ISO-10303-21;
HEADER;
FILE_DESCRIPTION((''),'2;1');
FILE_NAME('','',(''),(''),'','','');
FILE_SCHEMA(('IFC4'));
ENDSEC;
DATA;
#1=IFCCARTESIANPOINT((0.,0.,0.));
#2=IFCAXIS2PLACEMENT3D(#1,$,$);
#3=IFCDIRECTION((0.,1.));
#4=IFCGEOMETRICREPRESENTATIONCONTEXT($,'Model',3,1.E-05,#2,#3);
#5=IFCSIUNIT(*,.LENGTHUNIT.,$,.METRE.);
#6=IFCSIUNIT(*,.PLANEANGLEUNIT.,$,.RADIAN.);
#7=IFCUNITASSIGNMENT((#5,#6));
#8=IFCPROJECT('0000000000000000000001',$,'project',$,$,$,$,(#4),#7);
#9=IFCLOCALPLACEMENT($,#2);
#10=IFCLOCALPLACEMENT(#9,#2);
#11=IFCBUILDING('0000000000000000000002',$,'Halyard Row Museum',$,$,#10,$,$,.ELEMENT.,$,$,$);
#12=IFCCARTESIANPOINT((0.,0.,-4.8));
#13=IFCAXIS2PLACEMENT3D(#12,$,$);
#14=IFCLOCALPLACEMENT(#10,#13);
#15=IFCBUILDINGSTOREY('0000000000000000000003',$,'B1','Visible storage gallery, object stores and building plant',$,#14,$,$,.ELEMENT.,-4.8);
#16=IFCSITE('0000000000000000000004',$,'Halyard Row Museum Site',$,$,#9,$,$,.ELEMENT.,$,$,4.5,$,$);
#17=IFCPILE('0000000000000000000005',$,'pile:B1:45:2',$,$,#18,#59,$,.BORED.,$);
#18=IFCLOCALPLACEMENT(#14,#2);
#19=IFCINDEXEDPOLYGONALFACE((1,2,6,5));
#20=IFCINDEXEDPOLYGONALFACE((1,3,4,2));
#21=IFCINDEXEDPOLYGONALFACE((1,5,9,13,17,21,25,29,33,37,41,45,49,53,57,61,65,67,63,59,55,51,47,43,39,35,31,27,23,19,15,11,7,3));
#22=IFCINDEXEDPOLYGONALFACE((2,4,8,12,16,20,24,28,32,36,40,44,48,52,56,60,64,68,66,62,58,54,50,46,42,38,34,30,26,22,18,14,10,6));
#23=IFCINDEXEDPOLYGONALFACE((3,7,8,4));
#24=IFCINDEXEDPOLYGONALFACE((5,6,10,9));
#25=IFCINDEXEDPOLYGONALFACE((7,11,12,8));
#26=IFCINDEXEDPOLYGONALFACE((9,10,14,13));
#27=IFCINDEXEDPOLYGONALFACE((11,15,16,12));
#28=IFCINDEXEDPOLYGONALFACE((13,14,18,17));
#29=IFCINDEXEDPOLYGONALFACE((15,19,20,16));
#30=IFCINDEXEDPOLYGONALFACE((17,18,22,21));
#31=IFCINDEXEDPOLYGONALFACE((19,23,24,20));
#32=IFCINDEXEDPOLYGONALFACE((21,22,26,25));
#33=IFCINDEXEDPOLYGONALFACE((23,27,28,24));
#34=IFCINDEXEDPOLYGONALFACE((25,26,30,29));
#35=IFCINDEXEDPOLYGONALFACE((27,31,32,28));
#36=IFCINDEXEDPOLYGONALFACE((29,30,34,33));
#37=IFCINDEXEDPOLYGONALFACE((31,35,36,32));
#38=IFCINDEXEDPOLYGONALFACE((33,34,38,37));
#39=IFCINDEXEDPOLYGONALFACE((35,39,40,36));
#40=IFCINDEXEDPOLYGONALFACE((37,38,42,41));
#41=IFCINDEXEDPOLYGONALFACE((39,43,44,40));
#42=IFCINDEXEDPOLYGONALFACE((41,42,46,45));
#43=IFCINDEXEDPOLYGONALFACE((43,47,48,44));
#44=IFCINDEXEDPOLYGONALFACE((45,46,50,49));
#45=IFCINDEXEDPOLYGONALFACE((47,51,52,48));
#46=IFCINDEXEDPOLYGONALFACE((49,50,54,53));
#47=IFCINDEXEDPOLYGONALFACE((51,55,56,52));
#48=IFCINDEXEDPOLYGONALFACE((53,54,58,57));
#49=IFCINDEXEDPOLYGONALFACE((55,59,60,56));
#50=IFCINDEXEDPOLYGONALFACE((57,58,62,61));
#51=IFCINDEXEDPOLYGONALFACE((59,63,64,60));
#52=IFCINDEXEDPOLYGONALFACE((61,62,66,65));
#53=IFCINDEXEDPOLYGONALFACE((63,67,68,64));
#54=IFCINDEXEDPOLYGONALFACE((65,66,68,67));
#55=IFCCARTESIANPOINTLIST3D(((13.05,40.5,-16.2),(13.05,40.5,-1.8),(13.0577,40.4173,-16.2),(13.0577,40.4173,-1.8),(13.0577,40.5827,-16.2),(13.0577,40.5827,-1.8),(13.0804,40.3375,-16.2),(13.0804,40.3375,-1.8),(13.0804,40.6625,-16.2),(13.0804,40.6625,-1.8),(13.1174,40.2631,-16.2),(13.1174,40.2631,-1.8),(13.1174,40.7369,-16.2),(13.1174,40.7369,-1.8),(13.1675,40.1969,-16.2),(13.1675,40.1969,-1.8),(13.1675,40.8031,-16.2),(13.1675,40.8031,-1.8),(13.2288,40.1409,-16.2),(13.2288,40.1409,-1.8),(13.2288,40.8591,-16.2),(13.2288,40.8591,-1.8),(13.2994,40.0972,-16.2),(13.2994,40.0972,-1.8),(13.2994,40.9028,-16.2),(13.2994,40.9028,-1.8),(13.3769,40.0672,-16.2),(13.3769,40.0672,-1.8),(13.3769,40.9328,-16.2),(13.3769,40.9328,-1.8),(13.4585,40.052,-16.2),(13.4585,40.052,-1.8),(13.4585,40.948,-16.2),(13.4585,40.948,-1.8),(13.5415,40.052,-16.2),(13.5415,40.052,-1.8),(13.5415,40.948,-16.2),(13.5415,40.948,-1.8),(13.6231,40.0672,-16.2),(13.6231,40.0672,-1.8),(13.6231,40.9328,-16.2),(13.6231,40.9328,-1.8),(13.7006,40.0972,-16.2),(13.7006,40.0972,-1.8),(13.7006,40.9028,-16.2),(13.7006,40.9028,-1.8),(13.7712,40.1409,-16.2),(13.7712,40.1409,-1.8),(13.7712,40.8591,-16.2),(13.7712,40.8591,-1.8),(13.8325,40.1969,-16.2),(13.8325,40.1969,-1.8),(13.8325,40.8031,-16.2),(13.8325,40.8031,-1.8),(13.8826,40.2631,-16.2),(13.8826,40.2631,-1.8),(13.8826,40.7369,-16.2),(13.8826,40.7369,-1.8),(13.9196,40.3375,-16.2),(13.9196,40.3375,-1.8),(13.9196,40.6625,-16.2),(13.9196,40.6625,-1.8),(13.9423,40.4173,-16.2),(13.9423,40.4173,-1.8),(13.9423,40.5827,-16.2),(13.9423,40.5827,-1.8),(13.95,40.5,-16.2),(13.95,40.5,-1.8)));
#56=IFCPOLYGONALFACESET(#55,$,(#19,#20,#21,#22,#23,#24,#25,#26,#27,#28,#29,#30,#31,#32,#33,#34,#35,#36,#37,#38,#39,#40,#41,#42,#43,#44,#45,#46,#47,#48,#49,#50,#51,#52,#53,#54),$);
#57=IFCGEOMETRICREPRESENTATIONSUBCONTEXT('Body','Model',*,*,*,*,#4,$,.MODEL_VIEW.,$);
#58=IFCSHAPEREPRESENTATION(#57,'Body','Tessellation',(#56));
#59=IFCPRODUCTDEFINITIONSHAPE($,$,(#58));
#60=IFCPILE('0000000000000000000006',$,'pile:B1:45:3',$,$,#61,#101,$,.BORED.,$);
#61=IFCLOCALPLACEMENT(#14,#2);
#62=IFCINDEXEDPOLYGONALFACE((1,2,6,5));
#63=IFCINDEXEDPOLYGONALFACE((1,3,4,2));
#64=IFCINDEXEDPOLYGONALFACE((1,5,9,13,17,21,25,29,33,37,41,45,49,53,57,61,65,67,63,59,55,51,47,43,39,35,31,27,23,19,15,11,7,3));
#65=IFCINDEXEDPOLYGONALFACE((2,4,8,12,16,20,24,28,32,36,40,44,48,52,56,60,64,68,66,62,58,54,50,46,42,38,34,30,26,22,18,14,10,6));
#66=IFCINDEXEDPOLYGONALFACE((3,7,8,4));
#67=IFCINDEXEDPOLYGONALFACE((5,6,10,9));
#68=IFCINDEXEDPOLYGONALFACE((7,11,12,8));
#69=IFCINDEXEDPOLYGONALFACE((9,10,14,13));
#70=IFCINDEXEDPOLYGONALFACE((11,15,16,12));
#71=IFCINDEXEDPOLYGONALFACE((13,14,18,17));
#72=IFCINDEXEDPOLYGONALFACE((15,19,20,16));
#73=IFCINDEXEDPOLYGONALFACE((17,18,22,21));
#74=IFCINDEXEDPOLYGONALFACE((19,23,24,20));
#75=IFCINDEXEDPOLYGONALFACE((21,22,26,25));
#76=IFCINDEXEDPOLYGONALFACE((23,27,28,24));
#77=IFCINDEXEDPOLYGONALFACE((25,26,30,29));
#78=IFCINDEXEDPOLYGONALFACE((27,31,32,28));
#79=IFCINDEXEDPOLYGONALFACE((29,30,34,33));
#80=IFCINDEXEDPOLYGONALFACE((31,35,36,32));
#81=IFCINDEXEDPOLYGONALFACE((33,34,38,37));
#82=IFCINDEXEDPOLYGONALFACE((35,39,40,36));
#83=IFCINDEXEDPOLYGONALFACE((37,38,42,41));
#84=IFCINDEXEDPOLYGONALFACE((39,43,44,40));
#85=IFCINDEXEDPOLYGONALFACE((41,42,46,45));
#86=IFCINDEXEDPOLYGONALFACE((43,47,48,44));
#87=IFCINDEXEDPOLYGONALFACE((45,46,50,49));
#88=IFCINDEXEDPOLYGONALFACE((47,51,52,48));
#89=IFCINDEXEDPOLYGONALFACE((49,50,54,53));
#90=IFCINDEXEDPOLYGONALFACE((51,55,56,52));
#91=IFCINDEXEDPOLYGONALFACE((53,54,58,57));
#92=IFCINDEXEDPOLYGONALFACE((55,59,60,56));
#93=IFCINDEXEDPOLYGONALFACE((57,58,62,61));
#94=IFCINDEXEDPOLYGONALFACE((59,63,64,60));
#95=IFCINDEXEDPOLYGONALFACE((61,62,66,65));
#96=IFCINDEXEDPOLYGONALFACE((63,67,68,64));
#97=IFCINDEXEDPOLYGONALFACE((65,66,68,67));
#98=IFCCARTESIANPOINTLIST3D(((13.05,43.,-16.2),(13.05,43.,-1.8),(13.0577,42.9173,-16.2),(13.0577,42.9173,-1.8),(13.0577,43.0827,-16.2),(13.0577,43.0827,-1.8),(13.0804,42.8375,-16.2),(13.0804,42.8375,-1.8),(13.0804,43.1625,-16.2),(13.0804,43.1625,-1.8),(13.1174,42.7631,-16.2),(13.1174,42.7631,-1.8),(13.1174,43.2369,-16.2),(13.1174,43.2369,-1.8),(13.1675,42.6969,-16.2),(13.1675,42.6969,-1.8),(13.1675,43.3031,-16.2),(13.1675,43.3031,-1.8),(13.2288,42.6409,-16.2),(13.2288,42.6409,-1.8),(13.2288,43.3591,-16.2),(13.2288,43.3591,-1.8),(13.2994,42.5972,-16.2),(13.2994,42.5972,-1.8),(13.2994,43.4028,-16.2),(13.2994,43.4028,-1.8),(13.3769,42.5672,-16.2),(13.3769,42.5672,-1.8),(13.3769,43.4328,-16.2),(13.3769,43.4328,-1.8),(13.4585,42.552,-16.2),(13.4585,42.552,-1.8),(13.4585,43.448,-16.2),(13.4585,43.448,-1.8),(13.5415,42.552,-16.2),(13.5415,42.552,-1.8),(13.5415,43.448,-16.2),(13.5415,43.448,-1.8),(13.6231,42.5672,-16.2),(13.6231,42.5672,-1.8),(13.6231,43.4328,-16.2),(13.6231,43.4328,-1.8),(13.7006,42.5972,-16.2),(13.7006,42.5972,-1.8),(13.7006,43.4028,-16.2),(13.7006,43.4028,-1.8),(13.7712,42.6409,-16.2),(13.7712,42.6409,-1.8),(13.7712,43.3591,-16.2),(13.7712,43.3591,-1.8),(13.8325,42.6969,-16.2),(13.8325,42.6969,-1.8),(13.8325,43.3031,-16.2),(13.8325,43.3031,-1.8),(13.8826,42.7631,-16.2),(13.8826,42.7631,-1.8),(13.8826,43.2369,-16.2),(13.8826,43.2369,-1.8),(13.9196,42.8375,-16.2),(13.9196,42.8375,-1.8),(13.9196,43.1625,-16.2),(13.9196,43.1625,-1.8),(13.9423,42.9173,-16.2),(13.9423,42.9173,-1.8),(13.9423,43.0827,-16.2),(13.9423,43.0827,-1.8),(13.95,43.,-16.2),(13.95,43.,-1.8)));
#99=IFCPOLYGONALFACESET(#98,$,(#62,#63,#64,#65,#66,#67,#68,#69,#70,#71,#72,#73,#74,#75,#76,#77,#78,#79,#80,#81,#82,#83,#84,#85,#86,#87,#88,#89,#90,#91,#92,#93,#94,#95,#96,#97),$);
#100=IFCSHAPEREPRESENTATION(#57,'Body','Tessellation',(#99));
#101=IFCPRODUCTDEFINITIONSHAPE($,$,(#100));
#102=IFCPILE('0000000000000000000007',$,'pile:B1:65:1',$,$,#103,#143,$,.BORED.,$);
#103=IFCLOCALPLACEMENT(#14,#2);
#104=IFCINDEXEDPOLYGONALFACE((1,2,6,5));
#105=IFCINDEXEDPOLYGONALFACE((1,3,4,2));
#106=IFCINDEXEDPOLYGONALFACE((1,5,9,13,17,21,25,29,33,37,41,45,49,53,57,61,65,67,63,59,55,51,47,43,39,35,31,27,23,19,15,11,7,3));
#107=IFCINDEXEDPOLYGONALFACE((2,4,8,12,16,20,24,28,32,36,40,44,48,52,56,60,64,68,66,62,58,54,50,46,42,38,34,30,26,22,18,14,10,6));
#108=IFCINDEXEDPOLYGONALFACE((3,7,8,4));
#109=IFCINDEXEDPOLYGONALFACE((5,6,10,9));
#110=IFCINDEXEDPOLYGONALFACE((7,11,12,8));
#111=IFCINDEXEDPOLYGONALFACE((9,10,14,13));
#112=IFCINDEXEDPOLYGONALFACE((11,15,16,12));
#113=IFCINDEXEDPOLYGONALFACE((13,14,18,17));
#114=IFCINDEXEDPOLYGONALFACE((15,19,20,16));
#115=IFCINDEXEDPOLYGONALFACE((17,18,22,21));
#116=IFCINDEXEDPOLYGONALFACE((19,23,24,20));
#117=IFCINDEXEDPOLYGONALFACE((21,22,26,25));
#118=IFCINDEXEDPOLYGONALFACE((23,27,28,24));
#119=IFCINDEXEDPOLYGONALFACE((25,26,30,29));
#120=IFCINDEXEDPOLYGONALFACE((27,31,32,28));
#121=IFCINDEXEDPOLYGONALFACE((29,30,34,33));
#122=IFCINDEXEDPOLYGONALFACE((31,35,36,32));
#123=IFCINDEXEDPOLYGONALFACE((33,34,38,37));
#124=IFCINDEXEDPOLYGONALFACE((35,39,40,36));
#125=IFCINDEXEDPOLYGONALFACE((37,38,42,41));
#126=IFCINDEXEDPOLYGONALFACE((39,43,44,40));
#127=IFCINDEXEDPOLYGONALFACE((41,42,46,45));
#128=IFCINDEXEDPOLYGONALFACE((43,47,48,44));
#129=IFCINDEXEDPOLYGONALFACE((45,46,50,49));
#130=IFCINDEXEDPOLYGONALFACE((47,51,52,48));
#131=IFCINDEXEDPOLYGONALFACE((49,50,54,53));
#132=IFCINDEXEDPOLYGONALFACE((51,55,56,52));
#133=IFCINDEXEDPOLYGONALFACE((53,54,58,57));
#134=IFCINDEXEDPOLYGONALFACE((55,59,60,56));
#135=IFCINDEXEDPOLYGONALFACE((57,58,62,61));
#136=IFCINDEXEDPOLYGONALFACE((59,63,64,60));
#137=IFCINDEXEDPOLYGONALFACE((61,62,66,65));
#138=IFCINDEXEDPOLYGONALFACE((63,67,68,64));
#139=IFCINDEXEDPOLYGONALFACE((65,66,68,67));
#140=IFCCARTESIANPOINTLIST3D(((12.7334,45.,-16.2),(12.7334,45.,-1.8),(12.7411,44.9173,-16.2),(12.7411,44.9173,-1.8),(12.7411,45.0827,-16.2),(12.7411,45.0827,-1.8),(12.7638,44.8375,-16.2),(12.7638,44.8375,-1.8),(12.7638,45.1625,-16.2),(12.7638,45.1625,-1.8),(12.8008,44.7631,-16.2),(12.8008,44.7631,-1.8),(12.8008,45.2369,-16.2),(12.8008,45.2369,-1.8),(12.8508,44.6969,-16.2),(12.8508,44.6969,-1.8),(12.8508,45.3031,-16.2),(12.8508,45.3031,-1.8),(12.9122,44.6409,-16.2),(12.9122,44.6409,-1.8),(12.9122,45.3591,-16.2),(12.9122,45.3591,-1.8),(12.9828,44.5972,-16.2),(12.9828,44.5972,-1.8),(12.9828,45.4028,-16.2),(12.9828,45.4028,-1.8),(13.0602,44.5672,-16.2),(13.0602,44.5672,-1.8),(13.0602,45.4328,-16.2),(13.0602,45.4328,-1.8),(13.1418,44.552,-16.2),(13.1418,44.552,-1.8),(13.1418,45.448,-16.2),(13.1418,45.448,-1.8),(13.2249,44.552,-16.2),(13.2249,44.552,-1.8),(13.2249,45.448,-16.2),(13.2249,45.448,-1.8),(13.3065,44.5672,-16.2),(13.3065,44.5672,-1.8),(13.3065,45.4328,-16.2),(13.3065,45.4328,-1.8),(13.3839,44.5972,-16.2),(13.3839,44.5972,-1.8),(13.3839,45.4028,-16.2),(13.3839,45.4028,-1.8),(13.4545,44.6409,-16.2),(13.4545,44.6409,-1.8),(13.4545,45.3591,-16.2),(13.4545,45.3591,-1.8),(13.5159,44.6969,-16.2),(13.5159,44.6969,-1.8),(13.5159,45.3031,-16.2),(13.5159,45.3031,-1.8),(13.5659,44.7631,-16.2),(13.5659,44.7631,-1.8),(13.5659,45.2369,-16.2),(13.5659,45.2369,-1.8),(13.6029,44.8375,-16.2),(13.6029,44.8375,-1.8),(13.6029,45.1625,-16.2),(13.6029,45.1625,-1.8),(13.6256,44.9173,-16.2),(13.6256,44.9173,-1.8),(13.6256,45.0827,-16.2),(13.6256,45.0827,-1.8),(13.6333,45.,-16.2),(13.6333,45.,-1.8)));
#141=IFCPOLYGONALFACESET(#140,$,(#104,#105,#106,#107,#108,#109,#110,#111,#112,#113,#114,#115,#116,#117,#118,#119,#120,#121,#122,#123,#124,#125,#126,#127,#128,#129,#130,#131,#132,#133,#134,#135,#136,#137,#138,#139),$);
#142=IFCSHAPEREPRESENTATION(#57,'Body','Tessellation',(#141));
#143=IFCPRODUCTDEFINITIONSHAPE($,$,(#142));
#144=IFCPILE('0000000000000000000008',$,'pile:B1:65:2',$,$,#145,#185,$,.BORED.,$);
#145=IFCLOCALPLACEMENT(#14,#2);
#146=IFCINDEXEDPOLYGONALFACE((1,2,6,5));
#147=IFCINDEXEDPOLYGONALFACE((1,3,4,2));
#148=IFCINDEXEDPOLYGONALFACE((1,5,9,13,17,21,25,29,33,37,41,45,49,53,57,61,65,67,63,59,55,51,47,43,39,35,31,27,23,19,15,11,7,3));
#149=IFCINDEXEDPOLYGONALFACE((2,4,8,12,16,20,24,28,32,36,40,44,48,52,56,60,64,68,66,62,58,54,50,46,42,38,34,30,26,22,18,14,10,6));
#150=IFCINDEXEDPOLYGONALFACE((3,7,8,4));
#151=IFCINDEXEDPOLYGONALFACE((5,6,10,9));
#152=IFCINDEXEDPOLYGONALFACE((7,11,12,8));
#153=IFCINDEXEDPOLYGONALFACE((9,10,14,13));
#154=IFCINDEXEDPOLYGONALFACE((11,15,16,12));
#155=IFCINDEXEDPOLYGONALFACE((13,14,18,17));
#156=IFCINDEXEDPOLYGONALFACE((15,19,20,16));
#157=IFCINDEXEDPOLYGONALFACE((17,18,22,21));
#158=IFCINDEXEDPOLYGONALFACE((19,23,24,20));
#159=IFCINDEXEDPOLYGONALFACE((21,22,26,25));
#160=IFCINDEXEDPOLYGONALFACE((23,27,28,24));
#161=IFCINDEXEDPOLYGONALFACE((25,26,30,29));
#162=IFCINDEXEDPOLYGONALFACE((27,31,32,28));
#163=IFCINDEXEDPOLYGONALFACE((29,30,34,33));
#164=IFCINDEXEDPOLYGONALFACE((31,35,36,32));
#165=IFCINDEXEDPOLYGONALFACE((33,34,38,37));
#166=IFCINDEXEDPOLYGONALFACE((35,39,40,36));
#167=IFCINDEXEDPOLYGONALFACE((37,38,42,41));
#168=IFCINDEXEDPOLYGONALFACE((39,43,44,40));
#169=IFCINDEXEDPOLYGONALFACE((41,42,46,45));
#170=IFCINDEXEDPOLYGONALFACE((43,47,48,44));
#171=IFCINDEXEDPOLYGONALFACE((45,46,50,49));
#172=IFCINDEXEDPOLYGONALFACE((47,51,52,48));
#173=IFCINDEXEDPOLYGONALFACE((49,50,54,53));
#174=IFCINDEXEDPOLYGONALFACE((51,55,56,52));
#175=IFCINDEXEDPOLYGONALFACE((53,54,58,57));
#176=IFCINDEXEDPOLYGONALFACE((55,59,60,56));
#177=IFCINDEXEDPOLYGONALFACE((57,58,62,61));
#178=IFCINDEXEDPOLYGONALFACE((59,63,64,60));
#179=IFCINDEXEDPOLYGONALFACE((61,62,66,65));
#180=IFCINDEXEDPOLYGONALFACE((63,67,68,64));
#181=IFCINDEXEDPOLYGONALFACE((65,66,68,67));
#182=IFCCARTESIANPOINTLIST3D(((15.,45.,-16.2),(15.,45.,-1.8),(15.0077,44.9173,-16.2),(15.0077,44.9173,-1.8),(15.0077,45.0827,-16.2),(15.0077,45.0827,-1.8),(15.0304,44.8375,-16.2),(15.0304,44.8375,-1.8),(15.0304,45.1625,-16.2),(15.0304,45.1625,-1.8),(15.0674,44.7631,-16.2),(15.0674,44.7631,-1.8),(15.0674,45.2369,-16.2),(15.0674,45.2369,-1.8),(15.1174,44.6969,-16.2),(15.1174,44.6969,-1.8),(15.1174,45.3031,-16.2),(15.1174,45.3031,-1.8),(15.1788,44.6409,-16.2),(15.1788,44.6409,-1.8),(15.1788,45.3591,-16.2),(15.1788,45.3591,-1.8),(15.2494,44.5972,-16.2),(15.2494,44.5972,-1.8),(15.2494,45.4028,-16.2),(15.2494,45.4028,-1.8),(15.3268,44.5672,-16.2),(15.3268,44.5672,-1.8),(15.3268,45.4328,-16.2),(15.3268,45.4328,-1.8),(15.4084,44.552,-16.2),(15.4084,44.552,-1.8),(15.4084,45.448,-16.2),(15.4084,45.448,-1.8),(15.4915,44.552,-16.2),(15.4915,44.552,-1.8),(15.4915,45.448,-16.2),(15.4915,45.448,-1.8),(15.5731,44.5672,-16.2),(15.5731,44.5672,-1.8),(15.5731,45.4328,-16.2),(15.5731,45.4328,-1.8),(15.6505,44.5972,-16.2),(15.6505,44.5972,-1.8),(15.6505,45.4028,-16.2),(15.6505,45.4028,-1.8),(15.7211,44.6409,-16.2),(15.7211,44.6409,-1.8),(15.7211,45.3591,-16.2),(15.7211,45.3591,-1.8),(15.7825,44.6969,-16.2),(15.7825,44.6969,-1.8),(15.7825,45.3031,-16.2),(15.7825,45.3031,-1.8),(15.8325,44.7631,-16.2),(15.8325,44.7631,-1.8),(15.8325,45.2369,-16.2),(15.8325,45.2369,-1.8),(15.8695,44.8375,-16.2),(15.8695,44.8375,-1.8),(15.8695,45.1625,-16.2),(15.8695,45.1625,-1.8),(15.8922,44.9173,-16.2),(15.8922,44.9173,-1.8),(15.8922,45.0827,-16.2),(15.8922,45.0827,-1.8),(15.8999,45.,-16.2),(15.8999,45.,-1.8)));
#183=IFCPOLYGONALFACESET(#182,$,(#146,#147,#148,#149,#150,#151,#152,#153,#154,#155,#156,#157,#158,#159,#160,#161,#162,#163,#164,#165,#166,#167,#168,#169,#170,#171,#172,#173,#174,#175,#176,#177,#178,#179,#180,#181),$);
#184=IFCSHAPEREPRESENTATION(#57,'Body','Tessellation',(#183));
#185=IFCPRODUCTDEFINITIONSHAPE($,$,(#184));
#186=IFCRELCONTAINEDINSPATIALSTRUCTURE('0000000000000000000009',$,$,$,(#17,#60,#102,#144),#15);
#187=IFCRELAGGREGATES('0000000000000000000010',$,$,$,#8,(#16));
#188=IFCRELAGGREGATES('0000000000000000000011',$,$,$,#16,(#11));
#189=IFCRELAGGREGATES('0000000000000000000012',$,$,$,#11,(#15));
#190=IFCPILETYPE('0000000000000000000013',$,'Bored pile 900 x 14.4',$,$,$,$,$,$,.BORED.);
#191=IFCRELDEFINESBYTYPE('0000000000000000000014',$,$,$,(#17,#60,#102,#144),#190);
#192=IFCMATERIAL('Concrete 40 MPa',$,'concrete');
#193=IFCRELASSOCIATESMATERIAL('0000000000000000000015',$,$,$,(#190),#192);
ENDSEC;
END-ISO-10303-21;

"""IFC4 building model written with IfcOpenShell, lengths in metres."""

from ifc_helpers import new_model, si_unit, direction, frame, origin, origin_2d, place, context, subcontext, project, spatial, circle, extrude, material, material_profile, profile_set, type_object, element, save


model = new_model("IFC4")

# Units and contexts
model_context = context("Model", 3, precision=1e-05, world=origin(), true_north=direction((0.0, 1.0)))
body_context = subcontext(model_context, "Body", "Model", "MODEL_VIEW")
ifc_project = project(units=[si_unit("LENGTHUNIT", "METRE"), si_unit("PLANEANGLEUNIT", "RADIAN")], contexts=[model_context])

# Site, building, storey
site_placement = place(None, origin())
site = spatial("IfcSite", under=ifc_project, at=site_placement, Name="Halyard Row Museum Site", CompositionType="ELEMENT", RefElevation=4.5)
building_placement = place(site_placement, origin())
building = spatial("IfcBuilding", under=site, at=building_placement, Name="Halyard Row Museum", CompositionType="ELEMENT")
storey_placement = place(building_placement, frame((0.0, 0.0, -4.8)))
storey = spatial("IfcBuildingStorey", under=building, at=storey_placement, Name="B1", Description="Visible storage gallery, object stores and building plant", CompositionType="ELEMENT", Elevation=-4.8)

# Piles
ifc_material_1 = material(Name="Concrete 40 MPa", Category="concrete")
ifc_material_profile_1 = material_profile(ifc_material_1, circle(Radius=0.45, at=origin_2d()), Name="Bored pile 900 x 14.4")
ifc_profile_set_1 = profile_set([ifc_material_profile_1], Name="Concrete 40 MPa")
pile_type_1 = type_object("IfcPileType", Name="Bored pile 900 x 14.4", PredefinedType="BORED", material=ifc_profile_set_1)
for number, where, z_axis, x_axis, name in (
    (1, (13.5, 40.5, -1.8), (0.0, 0.0, -1.0), (1.0, 0.0, 0.0), "pile:B1:45:2"),
    (2, (13.5, 43.0, -1.8), (0.0, 0.0, -1.0), (1.0, 0.0, 0.0), "pile:B1:45:3"),
    (3, (13.1833, 45.0, -1.8), (0.0, 0.0, -1.0), (1.0, 0.0, 0.0), "pile:B1:65:1"),
    (4, (15.45, 45.0, -1.8), (0.0, 0.0, -1.0), (1.0, 0.0, 0.0), "pile:B1:65:2"),
):
    element("IfcPile", number, at=place(storey_placement, frame(where, z_axis=z_axis, x_axis=x_axis)), inside=storey, type_object=pile_type_1, Name=name, PredefinedType="BORED", context=body_context, shape_type="SweptSolid", body=[
        extrude(circle(Radius=0.45, at=origin_2d()), origin(), (0.0, 0.0, 1.0), 14.3999),
    ])

save(model, "model.ifc")
